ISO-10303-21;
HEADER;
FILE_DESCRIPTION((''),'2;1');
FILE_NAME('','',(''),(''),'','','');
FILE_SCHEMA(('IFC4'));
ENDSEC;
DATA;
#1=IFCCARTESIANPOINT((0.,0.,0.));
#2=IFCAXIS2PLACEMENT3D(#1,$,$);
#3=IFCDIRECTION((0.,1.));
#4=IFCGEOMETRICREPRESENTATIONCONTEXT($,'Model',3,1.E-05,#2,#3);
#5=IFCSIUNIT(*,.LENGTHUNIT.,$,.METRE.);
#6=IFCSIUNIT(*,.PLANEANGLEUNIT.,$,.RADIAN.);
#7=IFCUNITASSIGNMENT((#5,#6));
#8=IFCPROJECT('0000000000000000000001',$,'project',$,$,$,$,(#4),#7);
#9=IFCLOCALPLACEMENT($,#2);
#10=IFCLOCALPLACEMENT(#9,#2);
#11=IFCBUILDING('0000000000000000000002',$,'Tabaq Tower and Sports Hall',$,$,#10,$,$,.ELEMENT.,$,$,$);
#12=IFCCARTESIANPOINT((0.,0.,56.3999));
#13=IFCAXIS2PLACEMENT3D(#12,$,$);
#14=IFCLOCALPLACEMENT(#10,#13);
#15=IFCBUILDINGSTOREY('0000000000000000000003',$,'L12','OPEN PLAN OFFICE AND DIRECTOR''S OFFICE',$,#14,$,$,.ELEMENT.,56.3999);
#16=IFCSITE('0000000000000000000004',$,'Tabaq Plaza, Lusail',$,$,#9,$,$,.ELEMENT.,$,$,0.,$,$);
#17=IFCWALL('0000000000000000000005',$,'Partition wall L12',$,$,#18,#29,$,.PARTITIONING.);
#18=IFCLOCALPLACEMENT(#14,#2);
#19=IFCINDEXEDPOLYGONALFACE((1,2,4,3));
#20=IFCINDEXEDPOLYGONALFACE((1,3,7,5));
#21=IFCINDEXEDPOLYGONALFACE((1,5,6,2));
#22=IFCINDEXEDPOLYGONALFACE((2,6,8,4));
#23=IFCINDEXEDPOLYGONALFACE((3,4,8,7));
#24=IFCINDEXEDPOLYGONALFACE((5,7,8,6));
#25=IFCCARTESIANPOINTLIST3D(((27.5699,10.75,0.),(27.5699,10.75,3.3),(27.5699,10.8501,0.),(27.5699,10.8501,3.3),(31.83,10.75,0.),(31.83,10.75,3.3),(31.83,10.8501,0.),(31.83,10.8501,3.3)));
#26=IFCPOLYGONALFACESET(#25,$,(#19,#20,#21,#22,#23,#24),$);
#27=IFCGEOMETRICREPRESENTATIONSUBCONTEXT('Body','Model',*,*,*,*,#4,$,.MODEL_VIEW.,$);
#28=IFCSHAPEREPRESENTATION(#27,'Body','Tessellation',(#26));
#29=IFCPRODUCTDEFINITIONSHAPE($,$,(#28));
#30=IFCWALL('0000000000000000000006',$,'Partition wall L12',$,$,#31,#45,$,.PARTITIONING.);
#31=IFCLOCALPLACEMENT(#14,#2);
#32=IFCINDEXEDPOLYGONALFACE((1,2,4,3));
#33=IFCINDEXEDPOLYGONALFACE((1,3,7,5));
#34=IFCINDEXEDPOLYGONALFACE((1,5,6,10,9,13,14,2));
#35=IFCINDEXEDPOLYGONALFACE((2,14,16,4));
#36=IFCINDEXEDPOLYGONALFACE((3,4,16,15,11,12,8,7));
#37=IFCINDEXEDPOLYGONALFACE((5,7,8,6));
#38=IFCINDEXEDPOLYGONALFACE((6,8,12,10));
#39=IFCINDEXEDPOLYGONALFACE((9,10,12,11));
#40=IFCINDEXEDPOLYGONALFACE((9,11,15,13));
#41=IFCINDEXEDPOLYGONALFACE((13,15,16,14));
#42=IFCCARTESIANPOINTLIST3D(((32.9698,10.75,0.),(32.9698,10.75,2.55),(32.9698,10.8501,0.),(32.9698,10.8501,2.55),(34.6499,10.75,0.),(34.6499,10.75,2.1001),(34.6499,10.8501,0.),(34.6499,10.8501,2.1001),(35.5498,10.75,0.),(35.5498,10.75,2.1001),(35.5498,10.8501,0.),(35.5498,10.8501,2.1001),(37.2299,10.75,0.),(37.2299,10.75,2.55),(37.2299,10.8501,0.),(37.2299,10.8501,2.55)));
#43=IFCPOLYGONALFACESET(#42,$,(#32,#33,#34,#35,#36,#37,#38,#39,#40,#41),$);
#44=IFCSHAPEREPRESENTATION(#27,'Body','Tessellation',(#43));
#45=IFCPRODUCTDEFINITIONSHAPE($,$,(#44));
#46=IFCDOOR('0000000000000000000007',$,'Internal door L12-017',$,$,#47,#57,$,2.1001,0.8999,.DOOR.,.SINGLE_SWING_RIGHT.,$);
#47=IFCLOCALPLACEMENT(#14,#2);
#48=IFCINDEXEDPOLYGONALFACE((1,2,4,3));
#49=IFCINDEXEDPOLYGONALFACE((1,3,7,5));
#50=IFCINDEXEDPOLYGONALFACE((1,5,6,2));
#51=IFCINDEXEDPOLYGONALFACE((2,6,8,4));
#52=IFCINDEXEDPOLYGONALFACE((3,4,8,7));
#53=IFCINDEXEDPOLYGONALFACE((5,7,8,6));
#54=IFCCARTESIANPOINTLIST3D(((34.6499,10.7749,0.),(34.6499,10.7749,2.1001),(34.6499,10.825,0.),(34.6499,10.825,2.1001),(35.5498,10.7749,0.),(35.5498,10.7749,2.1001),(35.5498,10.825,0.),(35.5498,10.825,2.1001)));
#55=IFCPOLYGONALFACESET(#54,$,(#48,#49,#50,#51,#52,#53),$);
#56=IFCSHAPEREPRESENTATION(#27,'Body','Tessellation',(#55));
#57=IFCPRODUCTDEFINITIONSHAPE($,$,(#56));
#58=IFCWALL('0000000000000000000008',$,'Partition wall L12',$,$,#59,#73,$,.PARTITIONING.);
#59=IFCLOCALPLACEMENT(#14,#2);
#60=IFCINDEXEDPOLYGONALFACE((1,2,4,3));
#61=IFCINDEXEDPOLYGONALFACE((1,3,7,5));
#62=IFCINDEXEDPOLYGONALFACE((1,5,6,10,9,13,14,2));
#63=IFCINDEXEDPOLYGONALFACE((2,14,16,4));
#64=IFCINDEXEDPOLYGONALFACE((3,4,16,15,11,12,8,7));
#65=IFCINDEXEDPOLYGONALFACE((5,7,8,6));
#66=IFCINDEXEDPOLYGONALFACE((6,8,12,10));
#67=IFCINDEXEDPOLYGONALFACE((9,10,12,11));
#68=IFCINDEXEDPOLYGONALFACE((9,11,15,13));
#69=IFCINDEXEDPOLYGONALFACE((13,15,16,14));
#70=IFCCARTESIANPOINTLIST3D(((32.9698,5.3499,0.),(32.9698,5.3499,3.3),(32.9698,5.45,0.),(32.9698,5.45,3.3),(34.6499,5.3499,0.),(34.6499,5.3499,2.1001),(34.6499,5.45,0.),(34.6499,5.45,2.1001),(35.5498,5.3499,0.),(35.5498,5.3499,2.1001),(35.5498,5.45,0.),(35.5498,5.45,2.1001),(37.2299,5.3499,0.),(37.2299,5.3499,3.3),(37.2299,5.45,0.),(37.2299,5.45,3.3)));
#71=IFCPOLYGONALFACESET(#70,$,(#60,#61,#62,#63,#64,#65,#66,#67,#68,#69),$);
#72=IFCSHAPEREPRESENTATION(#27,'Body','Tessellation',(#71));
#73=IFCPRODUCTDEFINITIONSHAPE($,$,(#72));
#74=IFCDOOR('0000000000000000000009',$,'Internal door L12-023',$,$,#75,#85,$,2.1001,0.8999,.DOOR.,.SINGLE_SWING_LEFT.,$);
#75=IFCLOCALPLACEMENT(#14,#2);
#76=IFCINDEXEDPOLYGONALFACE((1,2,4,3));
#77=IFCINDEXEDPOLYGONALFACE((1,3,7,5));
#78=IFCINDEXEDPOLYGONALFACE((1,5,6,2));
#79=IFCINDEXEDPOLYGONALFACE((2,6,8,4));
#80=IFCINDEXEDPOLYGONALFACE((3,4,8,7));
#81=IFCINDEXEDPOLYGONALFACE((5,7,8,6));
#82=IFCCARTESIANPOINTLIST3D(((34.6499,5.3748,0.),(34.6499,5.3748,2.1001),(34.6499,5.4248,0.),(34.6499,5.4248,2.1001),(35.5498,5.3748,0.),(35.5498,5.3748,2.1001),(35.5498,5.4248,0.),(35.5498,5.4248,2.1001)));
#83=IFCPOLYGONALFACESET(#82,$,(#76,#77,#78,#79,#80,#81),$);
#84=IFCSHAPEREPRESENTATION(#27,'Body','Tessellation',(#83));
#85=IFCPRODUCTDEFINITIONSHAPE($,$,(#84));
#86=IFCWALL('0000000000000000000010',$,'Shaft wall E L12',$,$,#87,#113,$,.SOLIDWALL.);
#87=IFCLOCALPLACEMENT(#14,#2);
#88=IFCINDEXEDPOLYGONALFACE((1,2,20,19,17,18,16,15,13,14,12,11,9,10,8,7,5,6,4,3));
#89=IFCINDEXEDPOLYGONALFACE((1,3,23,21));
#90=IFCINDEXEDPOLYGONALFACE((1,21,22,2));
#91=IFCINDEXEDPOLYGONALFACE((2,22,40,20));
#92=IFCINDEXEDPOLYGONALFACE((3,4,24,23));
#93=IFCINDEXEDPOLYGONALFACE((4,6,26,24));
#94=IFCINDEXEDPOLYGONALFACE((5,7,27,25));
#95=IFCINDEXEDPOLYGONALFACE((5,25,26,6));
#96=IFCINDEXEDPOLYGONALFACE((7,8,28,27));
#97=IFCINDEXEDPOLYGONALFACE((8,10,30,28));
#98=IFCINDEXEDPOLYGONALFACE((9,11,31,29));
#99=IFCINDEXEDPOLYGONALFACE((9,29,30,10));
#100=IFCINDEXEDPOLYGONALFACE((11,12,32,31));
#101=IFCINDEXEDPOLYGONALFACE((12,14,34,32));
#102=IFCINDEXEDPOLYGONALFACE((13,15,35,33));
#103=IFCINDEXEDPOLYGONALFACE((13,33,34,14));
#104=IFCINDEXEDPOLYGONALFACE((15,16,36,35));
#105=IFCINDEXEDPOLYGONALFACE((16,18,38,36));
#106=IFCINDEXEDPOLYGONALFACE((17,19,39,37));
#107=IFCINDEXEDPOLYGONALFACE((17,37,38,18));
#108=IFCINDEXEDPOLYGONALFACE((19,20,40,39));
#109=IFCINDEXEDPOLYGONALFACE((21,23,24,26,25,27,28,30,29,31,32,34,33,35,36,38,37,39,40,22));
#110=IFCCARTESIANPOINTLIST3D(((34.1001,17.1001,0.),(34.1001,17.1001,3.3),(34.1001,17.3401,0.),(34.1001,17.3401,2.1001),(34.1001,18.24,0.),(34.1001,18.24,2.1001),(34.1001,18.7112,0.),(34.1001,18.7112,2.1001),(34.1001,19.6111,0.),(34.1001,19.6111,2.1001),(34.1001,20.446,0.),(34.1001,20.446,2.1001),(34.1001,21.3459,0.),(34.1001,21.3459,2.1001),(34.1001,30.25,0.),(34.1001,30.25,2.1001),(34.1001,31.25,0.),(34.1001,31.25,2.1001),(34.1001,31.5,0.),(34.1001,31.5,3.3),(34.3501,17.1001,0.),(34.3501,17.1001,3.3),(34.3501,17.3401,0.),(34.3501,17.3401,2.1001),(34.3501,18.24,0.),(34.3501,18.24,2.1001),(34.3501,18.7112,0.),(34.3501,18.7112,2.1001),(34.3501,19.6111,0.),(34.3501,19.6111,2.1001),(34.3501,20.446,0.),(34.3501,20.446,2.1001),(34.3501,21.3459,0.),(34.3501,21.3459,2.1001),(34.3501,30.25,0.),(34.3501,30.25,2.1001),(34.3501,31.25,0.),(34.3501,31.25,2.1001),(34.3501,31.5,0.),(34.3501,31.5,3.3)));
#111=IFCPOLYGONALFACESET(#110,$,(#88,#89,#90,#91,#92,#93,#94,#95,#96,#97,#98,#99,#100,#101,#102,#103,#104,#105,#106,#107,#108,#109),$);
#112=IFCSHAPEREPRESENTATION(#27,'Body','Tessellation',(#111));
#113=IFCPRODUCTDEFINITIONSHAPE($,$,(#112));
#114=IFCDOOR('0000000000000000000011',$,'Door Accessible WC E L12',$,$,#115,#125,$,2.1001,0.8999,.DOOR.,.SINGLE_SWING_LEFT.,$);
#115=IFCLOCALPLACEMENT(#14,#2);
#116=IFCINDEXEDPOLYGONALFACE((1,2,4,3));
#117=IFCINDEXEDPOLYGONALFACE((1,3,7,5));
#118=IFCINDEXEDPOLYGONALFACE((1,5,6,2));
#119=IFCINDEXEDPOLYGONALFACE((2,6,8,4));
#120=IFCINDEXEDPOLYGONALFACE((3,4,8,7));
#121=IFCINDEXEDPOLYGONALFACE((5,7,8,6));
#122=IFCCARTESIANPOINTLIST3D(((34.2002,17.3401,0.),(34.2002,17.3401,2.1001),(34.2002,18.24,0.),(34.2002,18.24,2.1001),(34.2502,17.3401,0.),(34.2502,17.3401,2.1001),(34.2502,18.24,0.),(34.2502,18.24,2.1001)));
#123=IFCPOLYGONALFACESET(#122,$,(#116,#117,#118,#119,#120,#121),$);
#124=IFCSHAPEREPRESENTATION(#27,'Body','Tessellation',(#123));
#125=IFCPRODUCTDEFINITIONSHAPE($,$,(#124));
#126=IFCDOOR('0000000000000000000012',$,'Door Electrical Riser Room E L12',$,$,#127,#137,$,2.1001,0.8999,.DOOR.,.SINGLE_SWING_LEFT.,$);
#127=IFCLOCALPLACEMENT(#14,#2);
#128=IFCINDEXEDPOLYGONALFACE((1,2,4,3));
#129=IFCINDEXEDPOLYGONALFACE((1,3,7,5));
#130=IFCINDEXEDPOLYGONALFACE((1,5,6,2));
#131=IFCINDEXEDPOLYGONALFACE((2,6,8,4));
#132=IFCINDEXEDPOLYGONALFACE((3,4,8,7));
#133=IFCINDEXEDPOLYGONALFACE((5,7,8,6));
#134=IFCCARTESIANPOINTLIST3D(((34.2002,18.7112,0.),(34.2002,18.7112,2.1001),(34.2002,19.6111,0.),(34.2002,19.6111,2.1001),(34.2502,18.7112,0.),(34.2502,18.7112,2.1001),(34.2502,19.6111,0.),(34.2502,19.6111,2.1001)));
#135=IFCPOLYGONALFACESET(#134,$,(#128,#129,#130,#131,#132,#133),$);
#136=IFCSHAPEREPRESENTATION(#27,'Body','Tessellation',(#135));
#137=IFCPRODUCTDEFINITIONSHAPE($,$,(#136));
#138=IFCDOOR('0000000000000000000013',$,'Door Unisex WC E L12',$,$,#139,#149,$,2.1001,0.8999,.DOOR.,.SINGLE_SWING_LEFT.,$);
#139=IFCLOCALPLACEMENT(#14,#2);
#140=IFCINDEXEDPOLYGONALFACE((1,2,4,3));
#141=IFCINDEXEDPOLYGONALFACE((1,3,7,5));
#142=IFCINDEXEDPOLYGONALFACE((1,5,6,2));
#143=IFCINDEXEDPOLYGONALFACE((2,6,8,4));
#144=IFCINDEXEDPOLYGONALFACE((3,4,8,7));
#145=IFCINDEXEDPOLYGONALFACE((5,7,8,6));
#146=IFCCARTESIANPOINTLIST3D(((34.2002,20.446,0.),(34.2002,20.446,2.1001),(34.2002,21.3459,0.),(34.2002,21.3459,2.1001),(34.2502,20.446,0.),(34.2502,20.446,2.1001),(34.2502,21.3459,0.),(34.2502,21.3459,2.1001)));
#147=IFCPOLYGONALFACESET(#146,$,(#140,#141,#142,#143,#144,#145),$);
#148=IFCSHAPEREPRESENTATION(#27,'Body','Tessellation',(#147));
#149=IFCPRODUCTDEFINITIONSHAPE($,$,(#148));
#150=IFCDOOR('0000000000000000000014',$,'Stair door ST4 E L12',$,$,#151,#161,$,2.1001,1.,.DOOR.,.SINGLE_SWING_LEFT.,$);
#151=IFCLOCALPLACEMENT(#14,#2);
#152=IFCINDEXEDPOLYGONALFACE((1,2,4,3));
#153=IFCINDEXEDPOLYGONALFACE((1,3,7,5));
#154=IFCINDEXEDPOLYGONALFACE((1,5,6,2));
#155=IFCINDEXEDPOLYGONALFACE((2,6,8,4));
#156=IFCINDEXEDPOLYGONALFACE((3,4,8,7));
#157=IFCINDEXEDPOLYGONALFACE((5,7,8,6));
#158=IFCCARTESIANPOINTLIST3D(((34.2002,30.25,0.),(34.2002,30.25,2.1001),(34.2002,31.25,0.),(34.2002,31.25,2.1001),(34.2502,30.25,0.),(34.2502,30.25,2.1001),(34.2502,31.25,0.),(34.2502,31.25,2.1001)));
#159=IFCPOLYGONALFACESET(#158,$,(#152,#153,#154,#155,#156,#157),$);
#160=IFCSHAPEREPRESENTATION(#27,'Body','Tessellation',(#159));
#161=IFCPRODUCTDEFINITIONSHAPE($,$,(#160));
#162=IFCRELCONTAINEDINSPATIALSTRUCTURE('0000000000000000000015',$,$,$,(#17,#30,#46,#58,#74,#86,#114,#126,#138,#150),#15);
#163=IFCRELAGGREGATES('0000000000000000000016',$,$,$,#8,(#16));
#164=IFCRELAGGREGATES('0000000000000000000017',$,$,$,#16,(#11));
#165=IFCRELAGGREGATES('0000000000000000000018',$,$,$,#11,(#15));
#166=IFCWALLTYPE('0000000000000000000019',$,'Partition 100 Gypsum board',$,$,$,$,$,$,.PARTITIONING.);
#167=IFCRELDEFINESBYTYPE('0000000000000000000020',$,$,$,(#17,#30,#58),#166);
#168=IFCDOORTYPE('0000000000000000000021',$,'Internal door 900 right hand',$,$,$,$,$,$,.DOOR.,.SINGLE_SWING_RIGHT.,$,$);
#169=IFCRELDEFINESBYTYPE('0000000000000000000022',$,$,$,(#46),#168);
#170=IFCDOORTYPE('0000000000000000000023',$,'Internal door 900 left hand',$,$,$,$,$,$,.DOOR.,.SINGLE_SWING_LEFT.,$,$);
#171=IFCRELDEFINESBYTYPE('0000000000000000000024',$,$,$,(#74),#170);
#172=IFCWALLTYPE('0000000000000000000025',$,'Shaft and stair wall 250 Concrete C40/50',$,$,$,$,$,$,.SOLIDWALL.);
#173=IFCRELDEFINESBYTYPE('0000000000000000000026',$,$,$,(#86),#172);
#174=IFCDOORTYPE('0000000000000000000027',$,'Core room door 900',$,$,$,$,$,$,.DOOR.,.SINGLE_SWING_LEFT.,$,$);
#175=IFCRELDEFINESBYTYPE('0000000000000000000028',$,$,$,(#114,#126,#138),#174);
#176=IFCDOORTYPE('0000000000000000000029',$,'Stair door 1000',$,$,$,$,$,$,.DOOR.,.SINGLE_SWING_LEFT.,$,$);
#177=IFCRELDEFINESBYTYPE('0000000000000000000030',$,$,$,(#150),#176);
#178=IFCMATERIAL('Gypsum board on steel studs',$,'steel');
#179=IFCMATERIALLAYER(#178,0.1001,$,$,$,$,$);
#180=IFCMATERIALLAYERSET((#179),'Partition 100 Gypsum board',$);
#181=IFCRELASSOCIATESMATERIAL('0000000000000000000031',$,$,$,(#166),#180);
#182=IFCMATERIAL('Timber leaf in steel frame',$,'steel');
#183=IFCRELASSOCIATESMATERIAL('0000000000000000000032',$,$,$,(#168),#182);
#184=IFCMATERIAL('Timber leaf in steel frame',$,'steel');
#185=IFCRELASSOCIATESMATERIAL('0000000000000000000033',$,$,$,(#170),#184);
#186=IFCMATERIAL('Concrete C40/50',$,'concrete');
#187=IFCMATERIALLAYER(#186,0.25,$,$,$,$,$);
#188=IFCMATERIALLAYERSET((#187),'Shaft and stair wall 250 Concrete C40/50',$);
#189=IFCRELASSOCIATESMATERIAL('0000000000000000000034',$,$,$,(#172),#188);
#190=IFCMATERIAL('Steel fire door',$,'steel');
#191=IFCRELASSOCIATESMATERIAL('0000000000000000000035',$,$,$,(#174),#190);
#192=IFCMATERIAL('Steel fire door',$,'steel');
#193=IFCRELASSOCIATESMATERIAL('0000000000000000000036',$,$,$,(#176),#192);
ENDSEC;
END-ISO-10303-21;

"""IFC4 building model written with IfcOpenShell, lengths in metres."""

from ifc_helpers import new_model, si_unit, direction, frame, frame_2d, origin, place, context, subcontext, project, spatial, rectangle, extrude, material, layer, layer_set, type_object, element, fill, save


model = new_model("IFC4")

# Units and contexts
model_context = context("Model", 3, precision=1e-05, world=origin(), true_north=direction((0.0, 1.0)))
body_context = subcontext(model_context, "Body", "Model", "MODEL_VIEW")
ifc_project = project(units=[si_unit("LENGTHUNIT", "METRE"), si_unit("PLANEANGLEUNIT", "RADIAN")], contexts=[model_context])

# Site, building, storey
site_placement = place(None, origin())
site = spatial("IfcSite", under=ifc_project, at=site_placement, Name="Tabaq Plaza, Lusail", CompositionType="ELEMENT", RefElevation=0.0)
building_placement = place(site_placement, origin())
building = spatial("IfcBuilding", under=site, at=building_placement, Name="Tabaq Tower and Sports Hall", CompositionType="ELEMENT")
storey_placement = place(building_placement, frame((0.0, 0.0, 56.3999)))
storey = spatial("IfcBuildingStorey", under=building, at=storey_placement, Name="L12", Description="OPEN PLAN OFFICE AND DIRECTOR'S OFFICE", CompositionType="ELEMENT", Elevation=56.3999)

# Wall
ifc_material_1 = material(Name="Gypsum board on steel studs", Category="steel")
ifc_layer_1 = layer(ifc_material_1, 0.1001)
ifc_layer_set_1 = layer_set([ifc_layer_1], Name="Partition 100 Gypsum board")
wall_type_1 = type_object("IfcWallType", Name="Partition 100 Gypsum board", PredefinedType="PARTITIONING", material=ifc_layer_set_1)
wall_1_placement = place(storey_placement, frame((27.5701, 10.8, 0.0), z_axis=(0.0, 0.0, 1.0), x_axis=(1.0, 0.0, 0.0)))
element("IfcWall", 1, at=wall_1_placement, inside=storey, type_object=wall_type_1, Name="Partition wall L12", PredefinedType="PARTITIONING", context=body_context, shape_type="SweptSolid", body=[
    extrude(rectangle(XDim=4.26, YDim=0.1001, at=frame_2d((2.1299, 0.0))), origin(), (0.0, 0.0, 1.0), 3.3),
])

# Walls, openings, doors
wall_2_placement = place(storey_placement, frame((32.97, 10.8, 0.0), z_axis=(0.0, 0.0, 1.0), x_axis=(1.0, 0.0, 0.0)))
wall_2 = element("IfcWall", 2, at=wall_2_placement, inside=storey, type_object=wall_type_1, Name="Partition wall L12", PredefinedType="PARTITIONING", context=body_context, shape_type="SweptSolid", body=[
    extrude(rectangle(XDim=4.26, YDim=0.1001, at=frame_2d((2.1299, 0.0))), origin(), (0.0, 0.0, 1.0), 2.55),
])
opening_1_placement = place(wall_2_placement, frame((1.6799, 0.0, 0.0)))
opening_1 = element("IfcOpeningElement", 3, at=opening_1_placement, cuts=wall_2, PredefinedType="OPENING", context=body_context, shape_type="SweptSolid", body=[
    extrude(rectangle(XDim=0.8999, YDim=2.1001, at=frame_2d((0.45, 1.05))), frame((0.0, 0.05, 0.0), z_axis=(0.0, -1.0, 0.0), x_axis=(1.0, 0.0, 0.0)), (0.0, 0.0, 1.0), 0.1001),
])
ifc_material_2 = material(Name="Timber leaf in steel frame", Category="steel")
door_type_1 = type_object("IfcDoorType", Name="Internal door 900 right hand", OperationType="SINGLE_SWING_RIGHT", PredefinedType="DOOR", material=ifc_material_2)
door_1_placement = place(opening_1_placement, origin())
door_1 = element("IfcDoor", 4, at=door_1_placement, inside=storey, type_object=door_type_1, Name="Internal door L12-017", OperationType="SINGLE_SWING_RIGHT", OverallHeight=2.1001, OverallWidth=0.8999, PredefinedType="DOOR", context=body_context, shape_type="SweptSolid", body=[
    extrude(rectangle(XDim=0.8999, YDim=2.1001, at=frame_2d((0.45, 1.05))), frame((0.0, 0.0249, 0.0), z_axis=(0.0, -1.0, 0.0), x_axis=(1.0, 0.0, 0.0)), (0.0, 0.0, 1.0), 0.05),
])
fill(opening_1, door_1)
wall_3_placement = place(storey_placement, frame((32.97, 5.3999, 0.0), z_axis=(0.0, 0.0, 1.0), x_axis=(1.0, 0.0, 0.0)))
wall_3 = element("IfcWall", 5, at=wall_3_placement, inside=storey, type_object=wall_type_1, Name="Partition wall L12", PredefinedType="PARTITIONING", context=body_context, shape_type="SweptSolid", body=[
    extrude(rectangle(XDim=4.26, YDim=0.1001, at=frame_2d((2.1299, 0.0))), origin(), (0.0, 0.0, 1.0), 3.3),
])
opening_2_placement = place(wall_3_placement, frame((1.6799, 0.0, 0.0)))
opening_2 = element("IfcOpeningElement", 6, at=opening_2_placement, cuts=wall_3, PredefinedType="OPENING", context=body_context, shape_type="SweptSolid", body=[
    extrude(rectangle(XDim=0.8999, YDim=2.1001, at=frame_2d((0.45, 1.05))), frame((0.0, 0.05, 0.0), z_axis=(0.0, -1.0, 0.0), x_axis=(1.0, 0.0, 0.0)), (0.0, 0.0, 1.0), 0.1001),
])
ifc_material_3 = material(Name="Timber leaf in steel frame", Category="steel")
door_type_2 = type_object("IfcDoorType", Name="Internal door 900 left hand", OperationType="SINGLE_SWING_LEFT", PredefinedType="DOOR", material=ifc_material_3)
door_2_placement = place(opening_2_placement, origin())
door_2 = element("IfcDoor", 7, at=door_2_placement, inside=storey, type_object=door_type_2, Name="Internal door L12-023", OperationType="SINGLE_SWING_LEFT", OverallHeight=2.1001, OverallWidth=0.8999, PredefinedType="DOOR", context=body_context, shape_type="SweptSolid", body=[
    extrude(rectangle(XDim=0.8999, YDim=2.1001, at=frame_2d((0.45, 1.05))), frame((0.0, 0.0249, 0.0), z_axis=(0.0, -1.0, 0.0), x_axis=(1.0, 0.0, 0.0)), (0.0, 0.0, 1.0), 0.05),
])
fill(opening_2, door_2)

# Wall, openings, doors
ifc_material_4 = material(Name="Concrete C40/50", Category="concrete")
ifc_layer_2 = layer(ifc_material_4, 0.25)
ifc_layer_set_2 = layer_set([ifc_layer_2], Name="Shaft and stair wall 250 Concrete C40/50")
wall_type_2 = type_object("IfcWallType", Name="Shaft and stair wall 250 Concrete C40/50", PredefinedType="SOLIDWALL", material=ifc_layer_set_2)
wall_4_placement = place(storey_placement, frame((34.2251, 17.1001, 0.0), z_axis=(0.0, 0.0, 1.0), x_axis=(0.0, 1.0, 0.0)))
wall_4 = element("IfcWall", 8, at=wall_4_placement, inside=storey, type_object=wall_type_2, Name="Shaft wall E L12", PredefinedType="SOLIDWALL", context=body_context, shape_type="SweptSolid", body=[
    extrude(rectangle(XDim=14.3999, YDim=0.25, at=frame_2d((7.2, 0.0))), origin(), (0.0, 0.0, 1.0), 3.3),
])
opening_3_placement = place(wall_4_placement, frame((13.1499, 0.0, 0.0)))
opening_3 = element("IfcOpeningElement", 9, at=opening_3_placement, cuts=wall_4, PredefinedType="OPENING", context=body_context, shape_type="SweptSolid", body=[
    extrude(rectangle(XDim=1.0, YDim=2.1001, at=frame_2d((0.5, 1.05))), frame((0.0, 0.125, 0.0), z_axis=(0.0, -1.0, 0.0), x_axis=(1.0, 0.0, 0.0)), (0.0, 0.0, 1.0), 0.25),
])
opening_4_placement = place(wall_4_placement, frame((0.24, 0.0, 0.0)))
opening_4 = element("IfcOpeningElement", 10, at=opening_4_placement, cuts=wall_4, PredefinedType="OPENING", context=body_context, shape_type="SweptSolid", body=[
    extrude(rectangle(XDim=0.8999, YDim=2.1001, at=frame_2d((0.45, 1.05))), frame((0.0, 0.125, 0.0), z_axis=(0.0, -1.0, 0.0), x_axis=(1.0, 0.0, 0.0)), (0.0, 0.0, 1.0), 0.25),
])
opening_5_placement = place(wall_4_placement, frame((1.6111, 0.0, 0.0)))
opening_5 = element("IfcOpeningElement", 11, at=opening_5_placement, cuts=wall_4, PredefinedType="OPENING", context=body_context, shape_type="SweptSolid", body=[
    extrude(rectangle(XDim=0.8999, YDim=2.1001, at=frame_2d((0.45, 1.05))), frame((0.0, 0.125, 0.0), z_axis=(0.0, -1.0, 0.0), x_axis=(1.0, 0.0, 0.0)), (0.0, 0.0, 1.0), 0.25),
])
opening_6_placement = place(wall_4_placement, frame((3.3459, 0.0, 0.0)))
opening_6 = element("IfcOpeningElement", 12, at=opening_6_placement, cuts=wall_4, PredefinedType="OPENING", context=body_context, shape_type="SweptSolid", body=[
    extrude(rectangle(XDim=0.8999, YDim=2.1001, at=frame_2d((0.45, 1.05))), frame((0.0, 0.125, 0.0), z_axis=(0.0, -1.0, 0.0), x_axis=(1.0, 0.0, 0.0)), (0.0, 0.0, 1.0), 0.25),
])
ifc_material_5 = material(Name="Steel fire door", Category="steel")
door_type_3 = type_object("IfcDoorType", Name="Core room door 900", OperationType="SINGLE_SWING_LEFT", PredefinedType="DOOR", material=ifc_material_5)
door_3_placement = place(opening_4_placement, origin())
door_3 = element("IfcDoor", 13, at=door_3_placement, inside=storey, type_object=door_type_3, Name="Door Accessible WC E L12", OperationType="SINGLE_SWING_LEFT", OverallHeight=2.1001, OverallWidth=0.8999, PredefinedType="DOOR", context=body_context, shape_type="SweptSolid", body=[
    extrude(rectangle(XDim=0.8999, YDim=2.1001, at=frame_2d((0.45, 1.05))), frame((0.0, 0.0249, 0.0), z_axis=(0.0, -1.0, 0.0), x_axis=(1.0, 0.0, 0.0)), (0.0, 0.0, 1.0), 0.05),
])
fill(opening_4, door_3)
door_4_placement = place(opening_5_placement, origin())
door_4 = element("IfcDoor", 14, at=door_4_placement, inside=storey, type_object=door_type_3, Name="Door Electrical Riser Room E L12", OperationType="SINGLE_SWING_LEFT", OverallHeight=2.1001, OverallWidth=0.8999, PredefinedType="DOOR", context=body_context, shape_type="SweptSolid", body=[
    extrude(rectangle(XDim=0.8999, YDim=2.1001, at=frame_2d((0.45, 1.05))), frame((0.0, 0.0249, 0.0), z_axis=(0.0, -1.0, 0.0), x_axis=(1.0, 0.0, 0.0)), (0.0, 0.0, 1.0), 0.05),
])
fill(opening_5, door_4)
door_5_placement = place(opening_6_placement, origin())
door_5 = element("IfcDoor", 15, at=door_5_placement, inside=storey, type_object=door_type_3, Name="Door Unisex WC E L12", OperationType="SINGLE_SWING_LEFT", OverallHeight=2.1001, OverallWidth=0.8999, PredefinedType="DOOR", context=body_context, shape_type="SweptSolid", body=[
    extrude(rectangle(XDim=0.8999, YDim=2.1001, at=frame_2d((0.45, 1.05))), frame((0.0, 0.0249, 0.0), z_axis=(0.0, -1.0, 0.0), x_axis=(1.0, 0.0, 0.0)), (0.0, 0.0, 1.0), 0.05),
])
fill(opening_6, door_5)
ifc_material_6 = material(Name="Steel fire door", Category="steel")
door_type_4 = type_object("IfcDoorType", Name="Stair door 1000", OperationType="SINGLE_SWING_LEFT", PredefinedType="DOOR", material=ifc_material_6)
door_6_placement = place(opening_3_placement, origin())
door_6 = element("IfcDoor", 16, at=door_6_placement, inside=storey, type_object=door_type_4, Name="Stair door ST4 E L12", OperationType="SINGLE_SWING_LEFT", OverallHeight=2.1001, OverallWidth=1.0, PredefinedType="DOOR", context=body_context, shape_type="SweptSolid", body=[
    extrude(rectangle(XDim=1.0, YDim=2.1001, at=frame_2d((0.5, 1.05))), frame((0.0, 0.0249, 0.0), z_axis=(0.0, -1.0, 0.0), x_axis=(1.0, 0.0, 0.0)), (0.0, 0.0, 1.0), 0.05),
])
fill(opening_3, door_6)

save(model, "model.ifc")
